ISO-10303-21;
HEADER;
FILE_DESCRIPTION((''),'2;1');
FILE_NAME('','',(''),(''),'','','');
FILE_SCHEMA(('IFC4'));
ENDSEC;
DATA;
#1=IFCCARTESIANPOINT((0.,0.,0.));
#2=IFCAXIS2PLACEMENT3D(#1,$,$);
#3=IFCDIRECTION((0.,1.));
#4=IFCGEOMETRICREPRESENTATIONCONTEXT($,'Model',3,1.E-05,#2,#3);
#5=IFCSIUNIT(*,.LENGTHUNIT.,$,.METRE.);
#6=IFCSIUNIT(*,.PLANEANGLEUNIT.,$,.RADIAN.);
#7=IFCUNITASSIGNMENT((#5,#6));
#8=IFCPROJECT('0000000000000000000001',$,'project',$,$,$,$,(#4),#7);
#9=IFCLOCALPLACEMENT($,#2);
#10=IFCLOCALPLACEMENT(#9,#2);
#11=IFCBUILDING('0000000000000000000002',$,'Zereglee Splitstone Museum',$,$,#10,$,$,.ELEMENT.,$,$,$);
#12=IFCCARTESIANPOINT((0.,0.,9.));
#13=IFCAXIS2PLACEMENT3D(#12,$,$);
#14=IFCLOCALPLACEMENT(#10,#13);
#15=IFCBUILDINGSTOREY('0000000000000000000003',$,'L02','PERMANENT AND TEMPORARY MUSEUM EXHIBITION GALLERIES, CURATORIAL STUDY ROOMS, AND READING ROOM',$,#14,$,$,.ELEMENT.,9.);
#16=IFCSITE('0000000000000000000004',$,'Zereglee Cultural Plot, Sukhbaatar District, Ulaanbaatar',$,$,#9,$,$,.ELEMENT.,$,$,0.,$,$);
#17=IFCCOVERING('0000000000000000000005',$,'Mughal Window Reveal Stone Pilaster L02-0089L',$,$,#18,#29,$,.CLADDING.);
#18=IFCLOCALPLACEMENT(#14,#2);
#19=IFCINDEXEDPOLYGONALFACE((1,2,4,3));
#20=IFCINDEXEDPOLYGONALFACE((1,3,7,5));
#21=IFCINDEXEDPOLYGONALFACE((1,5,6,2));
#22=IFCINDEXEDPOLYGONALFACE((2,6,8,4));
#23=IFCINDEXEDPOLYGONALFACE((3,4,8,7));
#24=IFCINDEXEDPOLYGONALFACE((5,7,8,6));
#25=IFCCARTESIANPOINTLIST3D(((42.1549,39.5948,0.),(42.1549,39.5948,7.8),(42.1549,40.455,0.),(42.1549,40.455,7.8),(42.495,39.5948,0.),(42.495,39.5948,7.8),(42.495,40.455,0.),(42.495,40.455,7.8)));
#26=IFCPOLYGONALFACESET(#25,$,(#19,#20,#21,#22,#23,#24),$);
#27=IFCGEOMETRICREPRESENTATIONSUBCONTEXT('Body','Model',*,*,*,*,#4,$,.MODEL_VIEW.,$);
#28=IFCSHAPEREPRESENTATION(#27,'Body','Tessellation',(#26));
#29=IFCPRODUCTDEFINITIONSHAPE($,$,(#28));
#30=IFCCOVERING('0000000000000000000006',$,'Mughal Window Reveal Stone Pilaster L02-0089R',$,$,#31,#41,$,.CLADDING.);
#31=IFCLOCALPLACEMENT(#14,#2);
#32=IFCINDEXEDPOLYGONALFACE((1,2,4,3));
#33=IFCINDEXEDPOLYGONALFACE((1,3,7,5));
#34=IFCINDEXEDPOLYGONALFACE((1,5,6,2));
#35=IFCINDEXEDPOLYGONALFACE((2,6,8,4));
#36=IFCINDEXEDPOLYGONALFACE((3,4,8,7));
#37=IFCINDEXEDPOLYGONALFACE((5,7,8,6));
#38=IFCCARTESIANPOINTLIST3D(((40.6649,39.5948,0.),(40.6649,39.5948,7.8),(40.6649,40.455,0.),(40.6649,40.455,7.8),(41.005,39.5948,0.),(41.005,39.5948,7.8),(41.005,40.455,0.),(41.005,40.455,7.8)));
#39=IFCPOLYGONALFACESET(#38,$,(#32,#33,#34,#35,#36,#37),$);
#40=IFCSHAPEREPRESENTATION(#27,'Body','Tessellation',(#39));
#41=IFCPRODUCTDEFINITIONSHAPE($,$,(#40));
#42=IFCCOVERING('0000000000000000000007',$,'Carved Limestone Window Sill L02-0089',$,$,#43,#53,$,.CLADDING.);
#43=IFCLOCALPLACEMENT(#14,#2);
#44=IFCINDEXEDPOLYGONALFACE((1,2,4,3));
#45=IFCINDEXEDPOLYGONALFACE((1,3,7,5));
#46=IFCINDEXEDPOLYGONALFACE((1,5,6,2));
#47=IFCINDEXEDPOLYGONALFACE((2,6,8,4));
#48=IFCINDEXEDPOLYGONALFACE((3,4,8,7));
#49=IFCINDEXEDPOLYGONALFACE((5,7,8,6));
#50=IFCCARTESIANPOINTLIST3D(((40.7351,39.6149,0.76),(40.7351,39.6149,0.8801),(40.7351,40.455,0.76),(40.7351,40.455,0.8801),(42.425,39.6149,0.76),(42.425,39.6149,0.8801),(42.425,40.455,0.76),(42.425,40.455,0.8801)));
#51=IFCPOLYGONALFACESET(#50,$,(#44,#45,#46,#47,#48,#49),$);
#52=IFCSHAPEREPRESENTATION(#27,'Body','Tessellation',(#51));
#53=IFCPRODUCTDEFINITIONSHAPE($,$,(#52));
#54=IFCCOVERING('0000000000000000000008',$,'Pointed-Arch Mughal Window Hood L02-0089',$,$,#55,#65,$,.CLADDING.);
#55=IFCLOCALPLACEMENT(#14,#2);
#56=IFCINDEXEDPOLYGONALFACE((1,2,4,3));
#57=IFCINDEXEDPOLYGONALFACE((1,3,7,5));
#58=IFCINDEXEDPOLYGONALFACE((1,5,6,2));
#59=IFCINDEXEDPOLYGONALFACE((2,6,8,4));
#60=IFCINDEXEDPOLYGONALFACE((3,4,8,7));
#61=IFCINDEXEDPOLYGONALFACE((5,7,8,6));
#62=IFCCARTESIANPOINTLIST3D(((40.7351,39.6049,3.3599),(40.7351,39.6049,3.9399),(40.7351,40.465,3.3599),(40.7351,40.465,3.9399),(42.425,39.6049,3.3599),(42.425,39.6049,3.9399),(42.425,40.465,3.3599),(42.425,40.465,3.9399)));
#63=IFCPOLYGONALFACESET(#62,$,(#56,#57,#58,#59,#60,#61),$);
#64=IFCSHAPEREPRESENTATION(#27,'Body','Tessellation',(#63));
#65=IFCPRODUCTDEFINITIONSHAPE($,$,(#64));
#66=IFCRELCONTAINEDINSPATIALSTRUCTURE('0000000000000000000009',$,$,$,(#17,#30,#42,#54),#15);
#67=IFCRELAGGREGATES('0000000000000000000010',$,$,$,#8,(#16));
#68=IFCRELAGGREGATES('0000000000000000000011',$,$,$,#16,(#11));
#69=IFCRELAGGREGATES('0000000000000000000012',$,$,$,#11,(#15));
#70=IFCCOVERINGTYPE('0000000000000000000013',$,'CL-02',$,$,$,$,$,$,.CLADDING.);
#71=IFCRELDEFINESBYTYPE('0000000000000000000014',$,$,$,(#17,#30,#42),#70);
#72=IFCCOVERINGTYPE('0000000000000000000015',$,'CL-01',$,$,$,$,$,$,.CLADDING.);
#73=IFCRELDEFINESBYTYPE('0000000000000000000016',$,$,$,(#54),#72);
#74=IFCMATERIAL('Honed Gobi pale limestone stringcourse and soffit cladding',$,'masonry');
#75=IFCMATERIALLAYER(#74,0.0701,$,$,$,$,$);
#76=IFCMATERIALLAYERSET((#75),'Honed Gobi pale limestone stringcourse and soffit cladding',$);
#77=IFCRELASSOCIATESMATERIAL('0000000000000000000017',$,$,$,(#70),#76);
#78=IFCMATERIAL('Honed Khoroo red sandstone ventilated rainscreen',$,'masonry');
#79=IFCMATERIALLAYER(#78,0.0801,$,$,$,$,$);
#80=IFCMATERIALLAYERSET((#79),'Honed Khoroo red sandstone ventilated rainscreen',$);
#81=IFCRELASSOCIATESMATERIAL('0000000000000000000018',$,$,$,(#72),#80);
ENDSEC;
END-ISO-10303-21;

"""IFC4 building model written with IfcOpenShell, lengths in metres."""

from ifc_helpers import new_model, si_unit, direction, frame, origin, origin_2d, place, context, subcontext, project, spatial, rectangle, extrude, material, layer, layer_set, type_object, element, save


model = new_model("IFC4")

# Units and contexts
model_context = context("Model", 3, precision=1e-05, world=origin(), true_north=direction((0.0, 1.0)))
body_context = subcontext(model_context, "Body", "Model", "MODEL_VIEW")
ifc_project = project(units=[si_unit("LENGTHUNIT", "METRE"), si_unit("PLANEANGLEUNIT", "RADIAN")], contexts=[model_context])

# Site, building, storey
site_placement = place(None, origin())
site = spatial("IfcSite", under=ifc_project, at=site_placement, Name="Zereglee Cultural Plot, Sukhbaatar District, Ulaanbaatar", CompositionType="ELEMENT", RefElevation=0.0)
building_placement = place(site_placement, origin())
building = spatial("IfcBuilding", under=site, at=building_placement, Name="Zereglee Splitstone Museum", CompositionType="ELEMENT")
storey_placement = place(building_placement, frame((0.0, 0.0, 9.0)))
storey = spatial("IfcBuildingStorey", under=building, at=storey_placement, Name="L02", Description="PERMANENT AND TEMPORARY MUSEUM EXHIBITION GALLERIES, CURATORIAL STUDY ROOMS, AND READING ROOM", CompositionType="ELEMENT", Elevation=9.0)

# Coverings
ifc_material_1 = material(Name="Honed Gobi pale limestone stringcourse and soffit cladding", Category="masonry")
ifc_layer_1 = layer(ifc_material_1, 0.0701)
ifc_layer_set_1 = layer_set([ifc_layer_1], Name="Honed Gobi pale limestone stringcourse and soffit cladding")
covering_type_1 = type_object("IfcCoveringType", Name="CL-02", PredefinedType="CLADDING", material=ifc_layer_set_1)
for number, where, z_axis, x_axis, name in (
    (1, (42.325, 40.0249, 0.0), (0.0, 0.0, 1.0), (-1.0, 0.0, 0.0), "Mughal Window Reveal Stone Pilaster L02-0089L"),
    (2, (40.835, 40.0249, 0.0), (0.0, 0.0, 1.0), (-1.0, 0.0, 0.0), "Mughal Window Reveal Stone Pilaster L02-0089R"),
):
    element("IfcCovering", number, at=place(storey_placement, frame(where, z_axis=z_axis, x_axis=x_axis)), inside=storey, type_object=covering_type_1, Name=name, PredefinedType="CLADDING", context=body_context, shape_type="SweptSolid", body=[
        extrude(rectangle(XDim=0.3401, YDim=0.8601, at=origin_2d()), origin(), (0.0, 0.0, 1.0), 7.8),
    ])
covering_1_placement = place(storey_placement, frame((41.5801, 40.0349, 0.76), z_axis=(0.0, 0.0, 1.0), x_axis=(-1.0, 0.0, 0.0)))
element("IfcCovering", 3, at=covering_1_placement, inside=storey, type_object=covering_type_1, Name="Carved Limestone Window Sill L02-0089", PredefinedType="CLADDING", context=body_context, shape_type="SweptSolid", body=[
    extrude(rectangle(XDim=1.6899, YDim=0.8401, at=origin_2d()), origin(), (0.0, 0.0, 1.0), 0.1201),
])
ifc_material_2 = material(Name="Honed Khoroo red sandstone ventilated rainscreen", Category="masonry")
ifc_layer_2 = layer(ifc_material_2, 0.0801)
ifc_layer_set_2 = layer_set([ifc_layer_2], Name="Honed Khoroo red sandstone ventilated rainscreen")
covering_type_2 = type_object("IfcCoveringType", Name="CL-01", PredefinedType="CLADDING", material=ifc_layer_set_2)
covering_2_placement = place(storey_placement, frame((41.5801, 40.0349, 3.3599), z_axis=(0.0, 0.0, 1.0), x_axis=(-1.0, 0.0, 0.0)))
element("IfcCovering", 4, at=covering_2_placement, inside=storey, type_object=covering_type_2, Name="Pointed-Arch Mughal Window Hood L02-0089", PredefinedType="CLADDING", context=body_context, shape_type="SweptSolid", body=[
    extrude(rectangle(XDim=1.6899, YDim=0.8601, at=origin_2d()), origin(), (0.0, 0.0, 1.0), 0.5801),
])

save(model, "model.ifc")
